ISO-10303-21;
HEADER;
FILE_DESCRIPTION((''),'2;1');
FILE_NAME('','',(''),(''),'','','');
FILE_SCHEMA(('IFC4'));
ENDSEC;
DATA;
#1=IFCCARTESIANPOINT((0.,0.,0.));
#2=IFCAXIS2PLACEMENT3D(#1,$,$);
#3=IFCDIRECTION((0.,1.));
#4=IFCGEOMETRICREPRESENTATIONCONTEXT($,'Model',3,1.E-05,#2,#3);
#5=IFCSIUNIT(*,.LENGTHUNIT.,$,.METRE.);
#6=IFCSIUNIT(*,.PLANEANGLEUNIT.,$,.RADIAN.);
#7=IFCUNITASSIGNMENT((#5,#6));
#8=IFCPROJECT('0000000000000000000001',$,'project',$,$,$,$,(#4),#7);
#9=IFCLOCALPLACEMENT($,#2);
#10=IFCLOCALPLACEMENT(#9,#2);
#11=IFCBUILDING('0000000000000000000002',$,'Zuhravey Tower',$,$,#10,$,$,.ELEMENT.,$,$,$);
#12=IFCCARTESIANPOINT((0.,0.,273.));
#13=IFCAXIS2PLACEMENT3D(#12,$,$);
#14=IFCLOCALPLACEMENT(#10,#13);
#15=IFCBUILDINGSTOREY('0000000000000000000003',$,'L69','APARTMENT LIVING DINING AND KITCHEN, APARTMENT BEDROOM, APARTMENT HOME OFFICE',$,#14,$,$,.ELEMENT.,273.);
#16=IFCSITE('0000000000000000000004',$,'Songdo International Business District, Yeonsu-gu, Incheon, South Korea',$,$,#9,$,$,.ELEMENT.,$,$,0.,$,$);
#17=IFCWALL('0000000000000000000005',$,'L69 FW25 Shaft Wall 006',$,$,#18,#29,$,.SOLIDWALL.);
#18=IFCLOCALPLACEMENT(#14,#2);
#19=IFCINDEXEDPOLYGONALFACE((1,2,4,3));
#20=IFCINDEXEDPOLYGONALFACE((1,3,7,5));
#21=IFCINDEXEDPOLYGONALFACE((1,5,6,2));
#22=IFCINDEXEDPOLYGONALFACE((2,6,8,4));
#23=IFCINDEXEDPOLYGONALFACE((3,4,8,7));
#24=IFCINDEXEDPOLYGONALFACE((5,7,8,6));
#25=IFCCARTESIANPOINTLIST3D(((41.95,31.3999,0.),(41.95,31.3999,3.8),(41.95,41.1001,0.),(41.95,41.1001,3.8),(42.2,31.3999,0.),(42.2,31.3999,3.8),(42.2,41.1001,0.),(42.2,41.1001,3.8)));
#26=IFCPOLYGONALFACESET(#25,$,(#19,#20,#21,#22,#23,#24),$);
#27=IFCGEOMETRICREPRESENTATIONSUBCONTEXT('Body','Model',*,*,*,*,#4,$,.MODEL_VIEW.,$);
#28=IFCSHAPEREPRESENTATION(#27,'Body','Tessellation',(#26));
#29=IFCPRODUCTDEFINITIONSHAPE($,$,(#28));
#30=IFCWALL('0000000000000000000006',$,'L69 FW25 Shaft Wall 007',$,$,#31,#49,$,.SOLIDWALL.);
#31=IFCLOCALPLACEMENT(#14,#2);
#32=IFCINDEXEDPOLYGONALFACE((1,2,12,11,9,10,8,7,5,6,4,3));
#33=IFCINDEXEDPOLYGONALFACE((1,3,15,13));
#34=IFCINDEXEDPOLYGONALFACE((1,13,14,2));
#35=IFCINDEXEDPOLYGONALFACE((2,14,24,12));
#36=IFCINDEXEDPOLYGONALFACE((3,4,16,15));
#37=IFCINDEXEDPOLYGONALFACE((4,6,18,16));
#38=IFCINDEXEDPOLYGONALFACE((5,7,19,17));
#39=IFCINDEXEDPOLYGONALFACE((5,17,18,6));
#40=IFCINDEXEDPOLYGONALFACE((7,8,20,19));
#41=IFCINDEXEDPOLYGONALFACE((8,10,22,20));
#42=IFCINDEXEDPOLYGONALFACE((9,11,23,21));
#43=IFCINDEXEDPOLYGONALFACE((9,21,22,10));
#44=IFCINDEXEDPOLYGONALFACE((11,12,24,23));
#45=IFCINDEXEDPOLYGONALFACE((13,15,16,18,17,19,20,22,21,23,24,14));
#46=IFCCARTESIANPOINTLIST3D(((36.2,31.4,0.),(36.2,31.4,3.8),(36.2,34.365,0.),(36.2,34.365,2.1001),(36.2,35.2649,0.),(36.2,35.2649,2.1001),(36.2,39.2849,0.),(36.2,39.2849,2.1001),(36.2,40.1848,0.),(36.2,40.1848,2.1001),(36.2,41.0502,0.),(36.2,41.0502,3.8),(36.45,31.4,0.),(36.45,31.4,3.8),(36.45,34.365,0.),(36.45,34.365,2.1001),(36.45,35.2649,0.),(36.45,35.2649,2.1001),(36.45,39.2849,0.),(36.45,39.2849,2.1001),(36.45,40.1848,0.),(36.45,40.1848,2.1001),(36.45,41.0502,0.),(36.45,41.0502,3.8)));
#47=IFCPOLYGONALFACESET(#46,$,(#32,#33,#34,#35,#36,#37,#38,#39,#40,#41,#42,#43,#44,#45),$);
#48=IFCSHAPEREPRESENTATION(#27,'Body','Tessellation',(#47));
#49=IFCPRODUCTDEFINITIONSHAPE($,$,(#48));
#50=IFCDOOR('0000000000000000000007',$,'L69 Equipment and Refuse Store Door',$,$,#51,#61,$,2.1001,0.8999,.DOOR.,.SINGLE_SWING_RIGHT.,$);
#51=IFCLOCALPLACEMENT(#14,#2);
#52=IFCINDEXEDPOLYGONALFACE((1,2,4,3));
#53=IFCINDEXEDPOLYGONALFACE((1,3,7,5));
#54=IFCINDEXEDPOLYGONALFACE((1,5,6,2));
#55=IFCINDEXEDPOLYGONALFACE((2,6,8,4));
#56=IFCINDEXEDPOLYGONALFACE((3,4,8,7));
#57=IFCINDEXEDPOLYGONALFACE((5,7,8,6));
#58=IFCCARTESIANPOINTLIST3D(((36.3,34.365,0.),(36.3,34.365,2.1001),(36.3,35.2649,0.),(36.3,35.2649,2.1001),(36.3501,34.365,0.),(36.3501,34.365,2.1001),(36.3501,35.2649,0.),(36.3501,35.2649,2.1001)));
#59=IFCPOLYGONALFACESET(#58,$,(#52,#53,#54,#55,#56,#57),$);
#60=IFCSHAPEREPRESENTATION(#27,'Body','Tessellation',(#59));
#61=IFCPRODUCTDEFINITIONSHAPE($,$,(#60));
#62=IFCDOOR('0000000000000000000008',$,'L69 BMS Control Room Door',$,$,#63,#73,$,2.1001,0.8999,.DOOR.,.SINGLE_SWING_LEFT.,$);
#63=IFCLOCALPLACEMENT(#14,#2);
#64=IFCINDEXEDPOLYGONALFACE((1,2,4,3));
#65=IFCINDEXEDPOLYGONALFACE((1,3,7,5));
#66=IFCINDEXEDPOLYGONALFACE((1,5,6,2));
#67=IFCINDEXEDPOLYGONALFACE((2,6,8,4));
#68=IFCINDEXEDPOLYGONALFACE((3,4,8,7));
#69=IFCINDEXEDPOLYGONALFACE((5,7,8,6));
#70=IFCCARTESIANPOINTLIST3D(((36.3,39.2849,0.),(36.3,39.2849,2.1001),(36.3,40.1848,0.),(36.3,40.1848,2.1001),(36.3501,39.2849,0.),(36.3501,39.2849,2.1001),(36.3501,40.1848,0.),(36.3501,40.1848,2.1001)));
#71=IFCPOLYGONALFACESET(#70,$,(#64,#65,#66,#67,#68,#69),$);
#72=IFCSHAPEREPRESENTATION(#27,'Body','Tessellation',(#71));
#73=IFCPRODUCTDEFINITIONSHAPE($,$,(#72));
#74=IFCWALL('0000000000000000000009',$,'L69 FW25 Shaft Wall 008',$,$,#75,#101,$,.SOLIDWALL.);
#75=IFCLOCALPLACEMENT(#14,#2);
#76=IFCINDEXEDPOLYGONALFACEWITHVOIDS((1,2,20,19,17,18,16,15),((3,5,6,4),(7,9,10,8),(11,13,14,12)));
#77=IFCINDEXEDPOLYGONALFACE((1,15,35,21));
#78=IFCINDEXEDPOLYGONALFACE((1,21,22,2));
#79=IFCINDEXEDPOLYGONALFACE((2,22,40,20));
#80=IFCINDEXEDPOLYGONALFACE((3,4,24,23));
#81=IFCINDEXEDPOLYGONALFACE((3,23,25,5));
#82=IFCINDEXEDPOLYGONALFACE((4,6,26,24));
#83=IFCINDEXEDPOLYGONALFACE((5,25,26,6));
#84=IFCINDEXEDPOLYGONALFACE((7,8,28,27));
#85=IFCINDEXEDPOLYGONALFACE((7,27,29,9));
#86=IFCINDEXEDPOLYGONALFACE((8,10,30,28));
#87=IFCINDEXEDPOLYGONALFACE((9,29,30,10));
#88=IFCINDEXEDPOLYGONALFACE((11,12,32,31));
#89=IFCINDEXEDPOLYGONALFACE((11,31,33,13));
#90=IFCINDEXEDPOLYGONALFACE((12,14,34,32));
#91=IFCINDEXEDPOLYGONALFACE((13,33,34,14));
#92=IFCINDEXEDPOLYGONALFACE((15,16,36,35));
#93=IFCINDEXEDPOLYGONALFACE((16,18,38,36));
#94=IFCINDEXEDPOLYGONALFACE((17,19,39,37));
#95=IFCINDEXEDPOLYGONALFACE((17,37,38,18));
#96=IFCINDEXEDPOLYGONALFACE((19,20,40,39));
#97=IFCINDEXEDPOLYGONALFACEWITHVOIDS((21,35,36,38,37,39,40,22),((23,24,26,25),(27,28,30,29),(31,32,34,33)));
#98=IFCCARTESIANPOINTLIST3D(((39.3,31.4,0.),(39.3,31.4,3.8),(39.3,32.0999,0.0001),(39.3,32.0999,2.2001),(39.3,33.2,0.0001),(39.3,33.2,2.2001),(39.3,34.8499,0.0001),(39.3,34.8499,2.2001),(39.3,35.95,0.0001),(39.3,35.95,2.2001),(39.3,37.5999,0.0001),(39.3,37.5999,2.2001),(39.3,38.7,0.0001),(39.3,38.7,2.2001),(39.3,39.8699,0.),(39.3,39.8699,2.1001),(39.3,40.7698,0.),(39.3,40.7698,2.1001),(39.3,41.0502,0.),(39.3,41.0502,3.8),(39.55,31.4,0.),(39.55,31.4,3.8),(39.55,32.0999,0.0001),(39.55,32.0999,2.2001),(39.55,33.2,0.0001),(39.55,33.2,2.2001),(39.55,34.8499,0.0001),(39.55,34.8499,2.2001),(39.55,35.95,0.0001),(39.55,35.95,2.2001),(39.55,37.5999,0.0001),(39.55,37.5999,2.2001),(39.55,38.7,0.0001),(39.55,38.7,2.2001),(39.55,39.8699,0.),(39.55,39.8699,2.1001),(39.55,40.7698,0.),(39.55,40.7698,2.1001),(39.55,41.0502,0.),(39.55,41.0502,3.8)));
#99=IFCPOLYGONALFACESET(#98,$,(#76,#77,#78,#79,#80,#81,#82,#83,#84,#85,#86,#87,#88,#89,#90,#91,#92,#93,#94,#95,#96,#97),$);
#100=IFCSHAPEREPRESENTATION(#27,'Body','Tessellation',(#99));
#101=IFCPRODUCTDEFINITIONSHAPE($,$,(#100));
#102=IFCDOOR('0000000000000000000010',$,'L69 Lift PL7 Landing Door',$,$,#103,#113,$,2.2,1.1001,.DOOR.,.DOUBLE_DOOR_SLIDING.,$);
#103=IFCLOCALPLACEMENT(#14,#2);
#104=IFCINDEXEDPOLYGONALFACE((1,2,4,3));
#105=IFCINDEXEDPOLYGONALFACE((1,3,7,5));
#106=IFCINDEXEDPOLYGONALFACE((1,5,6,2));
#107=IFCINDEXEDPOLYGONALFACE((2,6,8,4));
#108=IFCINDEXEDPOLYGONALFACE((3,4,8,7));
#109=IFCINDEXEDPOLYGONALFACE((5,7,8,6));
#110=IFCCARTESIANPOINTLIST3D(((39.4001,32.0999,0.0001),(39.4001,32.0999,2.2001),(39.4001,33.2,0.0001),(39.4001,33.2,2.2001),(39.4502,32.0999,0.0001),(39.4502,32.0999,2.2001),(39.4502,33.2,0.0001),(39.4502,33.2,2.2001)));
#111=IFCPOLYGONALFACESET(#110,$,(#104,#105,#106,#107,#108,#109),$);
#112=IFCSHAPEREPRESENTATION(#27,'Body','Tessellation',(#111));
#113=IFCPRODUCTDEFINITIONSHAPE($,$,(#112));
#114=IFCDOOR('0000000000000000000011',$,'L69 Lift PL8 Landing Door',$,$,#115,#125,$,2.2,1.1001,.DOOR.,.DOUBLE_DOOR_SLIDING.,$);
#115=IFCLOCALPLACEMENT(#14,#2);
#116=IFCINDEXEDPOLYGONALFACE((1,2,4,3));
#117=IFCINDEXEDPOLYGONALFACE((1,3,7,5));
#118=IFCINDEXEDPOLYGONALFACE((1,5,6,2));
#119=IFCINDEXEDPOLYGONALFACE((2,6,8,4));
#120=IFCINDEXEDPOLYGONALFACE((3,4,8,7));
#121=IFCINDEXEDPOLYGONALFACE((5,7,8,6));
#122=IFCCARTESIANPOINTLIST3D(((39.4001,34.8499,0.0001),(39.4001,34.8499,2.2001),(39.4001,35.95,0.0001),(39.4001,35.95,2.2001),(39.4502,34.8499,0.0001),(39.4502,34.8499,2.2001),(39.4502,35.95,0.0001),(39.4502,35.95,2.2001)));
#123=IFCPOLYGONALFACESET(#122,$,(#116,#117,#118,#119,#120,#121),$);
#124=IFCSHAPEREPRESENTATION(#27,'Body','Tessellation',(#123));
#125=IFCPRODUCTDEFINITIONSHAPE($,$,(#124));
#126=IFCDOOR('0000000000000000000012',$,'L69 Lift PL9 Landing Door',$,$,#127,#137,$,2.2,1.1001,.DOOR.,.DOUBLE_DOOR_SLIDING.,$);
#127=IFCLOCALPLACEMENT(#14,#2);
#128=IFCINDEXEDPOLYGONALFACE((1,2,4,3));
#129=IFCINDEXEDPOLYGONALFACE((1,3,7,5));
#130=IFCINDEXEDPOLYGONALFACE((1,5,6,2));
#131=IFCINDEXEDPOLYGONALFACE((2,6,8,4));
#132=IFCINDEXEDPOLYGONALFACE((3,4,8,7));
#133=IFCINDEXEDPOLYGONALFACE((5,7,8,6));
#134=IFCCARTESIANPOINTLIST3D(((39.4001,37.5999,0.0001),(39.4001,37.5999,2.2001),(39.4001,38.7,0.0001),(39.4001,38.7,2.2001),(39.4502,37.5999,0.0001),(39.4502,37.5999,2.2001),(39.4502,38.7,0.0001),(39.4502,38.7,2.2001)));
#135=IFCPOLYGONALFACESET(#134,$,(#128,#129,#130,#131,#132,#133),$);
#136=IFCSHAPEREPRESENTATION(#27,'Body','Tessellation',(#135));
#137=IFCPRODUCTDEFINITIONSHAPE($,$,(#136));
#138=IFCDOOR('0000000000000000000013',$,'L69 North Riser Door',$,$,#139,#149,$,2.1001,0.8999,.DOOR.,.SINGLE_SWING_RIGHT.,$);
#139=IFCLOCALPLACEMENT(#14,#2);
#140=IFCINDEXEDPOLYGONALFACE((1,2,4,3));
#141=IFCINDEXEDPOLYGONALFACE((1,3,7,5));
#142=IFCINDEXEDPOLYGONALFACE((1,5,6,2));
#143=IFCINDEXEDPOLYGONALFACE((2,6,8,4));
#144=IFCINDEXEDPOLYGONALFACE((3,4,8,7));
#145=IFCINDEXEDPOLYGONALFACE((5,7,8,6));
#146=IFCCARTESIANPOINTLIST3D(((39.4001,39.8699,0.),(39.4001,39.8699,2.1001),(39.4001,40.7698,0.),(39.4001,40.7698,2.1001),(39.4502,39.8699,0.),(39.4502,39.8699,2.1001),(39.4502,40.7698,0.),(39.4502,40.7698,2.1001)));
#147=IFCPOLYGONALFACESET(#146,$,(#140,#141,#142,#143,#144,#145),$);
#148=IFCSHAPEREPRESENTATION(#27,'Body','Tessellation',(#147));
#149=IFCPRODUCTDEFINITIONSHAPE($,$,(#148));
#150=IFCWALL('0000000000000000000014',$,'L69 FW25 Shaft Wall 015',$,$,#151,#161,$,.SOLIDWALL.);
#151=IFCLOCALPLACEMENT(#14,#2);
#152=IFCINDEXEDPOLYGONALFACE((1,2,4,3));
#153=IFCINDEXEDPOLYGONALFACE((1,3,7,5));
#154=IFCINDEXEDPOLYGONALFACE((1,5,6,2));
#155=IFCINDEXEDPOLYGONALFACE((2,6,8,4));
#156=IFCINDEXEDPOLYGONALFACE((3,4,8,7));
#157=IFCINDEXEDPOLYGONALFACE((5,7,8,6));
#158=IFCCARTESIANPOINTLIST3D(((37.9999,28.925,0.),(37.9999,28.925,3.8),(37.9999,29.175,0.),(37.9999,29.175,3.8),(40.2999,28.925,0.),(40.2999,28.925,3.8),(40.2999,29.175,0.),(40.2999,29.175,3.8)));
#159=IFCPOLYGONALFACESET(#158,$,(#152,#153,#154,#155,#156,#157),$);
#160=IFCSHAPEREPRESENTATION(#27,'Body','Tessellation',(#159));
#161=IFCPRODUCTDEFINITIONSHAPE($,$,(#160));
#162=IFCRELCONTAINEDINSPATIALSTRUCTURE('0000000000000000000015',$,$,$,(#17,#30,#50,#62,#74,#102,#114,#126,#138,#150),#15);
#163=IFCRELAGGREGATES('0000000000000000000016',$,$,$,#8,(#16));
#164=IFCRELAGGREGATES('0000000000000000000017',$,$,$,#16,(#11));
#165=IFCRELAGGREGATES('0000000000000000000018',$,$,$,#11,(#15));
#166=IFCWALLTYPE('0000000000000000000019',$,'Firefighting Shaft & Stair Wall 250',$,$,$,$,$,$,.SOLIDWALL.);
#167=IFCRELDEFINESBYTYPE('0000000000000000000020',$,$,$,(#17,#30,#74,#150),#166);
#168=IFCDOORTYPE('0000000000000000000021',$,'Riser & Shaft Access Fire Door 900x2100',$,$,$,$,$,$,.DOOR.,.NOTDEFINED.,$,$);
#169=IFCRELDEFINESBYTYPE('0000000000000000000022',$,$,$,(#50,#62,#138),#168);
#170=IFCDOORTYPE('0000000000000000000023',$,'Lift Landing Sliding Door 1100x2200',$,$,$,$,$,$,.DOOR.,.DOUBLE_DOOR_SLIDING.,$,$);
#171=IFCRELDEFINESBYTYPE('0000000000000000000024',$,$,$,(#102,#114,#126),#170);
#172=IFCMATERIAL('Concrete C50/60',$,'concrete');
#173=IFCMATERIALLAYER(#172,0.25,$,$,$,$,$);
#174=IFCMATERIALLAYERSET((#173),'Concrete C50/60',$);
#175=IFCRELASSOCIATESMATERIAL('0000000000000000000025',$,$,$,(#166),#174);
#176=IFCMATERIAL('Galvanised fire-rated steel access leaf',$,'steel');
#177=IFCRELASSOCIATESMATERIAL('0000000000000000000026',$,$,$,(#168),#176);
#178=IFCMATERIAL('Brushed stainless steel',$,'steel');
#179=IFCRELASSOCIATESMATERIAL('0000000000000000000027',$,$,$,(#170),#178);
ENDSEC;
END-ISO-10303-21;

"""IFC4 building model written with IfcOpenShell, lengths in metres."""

from ifc_helpers import new_model, si_unit, direction, frame, frame_2d, origin, place, context, subcontext, project, spatial, rectangle, extrude, material, layer, layer_set, type_object, element, fill, save


model = new_model("IFC4")

# Units and contexts
model_context = context("Model", 3, precision=1e-05, world=origin(), true_north=direction((0.0, 1.0)))
body_context = subcontext(model_context, "Body", "Model", "MODEL_VIEW")
ifc_project = project(units=[si_unit("LENGTHUNIT", "METRE"), si_unit("PLANEANGLEUNIT", "RADIAN")], contexts=[model_context])

# Site, building, storey
site_placement = place(None, origin())
site = spatial("IfcSite", under=ifc_project, at=site_placement, Name="Songdo International Business District, Yeonsu-gu, Incheon, South Korea", CompositionType="ELEMENT", RefElevation=0.0)
building_placement = place(site_placement, origin())
building = spatial("IfcBuilding", under=site, at=building_placement, Name="Zuhravey Tower", CompositionType="ELEMENT")
storey_placement = place(building_placement, frame((0.0, 0.0, 273.0)))
storey = spatial("IfcBuildingStorey", under=building, at=storey_placement, Name="L69", Description="APARTMENT LIVING DINING AND KITCHEN, APARTMENT BEDROOM, APARTMENT HOME OFFICE", CompositionType="ELEMENT", Elevation=273.0)

# Wall
ifc_material_1 = material(Name="Concrete C50/60", Category="concrete")
ifc_layer = layer(ifc_material_1, 0.25)
ifc_layer_set = layer_set([ifc_layer], Name="Concrete C50/60")
wall_type = type_object("IfcWallType", Name="Firefighting Shaft & Stair Wall 250", PredefinedType="SOLIDWALL", material=ifc_layer_set)
wall_1_placement = place(storey_placement, frame((42.075, 31.3999, 0.0), z_axis=(0.0, 0.0, 1.0), x_axis=(0.0, 1.0, 0.0)))
element("IfcWall", 1, at=wall_1_placement, inside=storey, type_object=wall_type, Name="L69 FW25 Shaft Wall 006", PredefinedType="SOLIDWALL", context=body_context, shape_type="SweptSolid", body=[
    extrude(rectangle(XDim=9.7002, YDim=0.25, at=frame_2d((4.8501, 0.0))), origin(), (0.0, 0.0, 1.0), 3.8),
])

# Walls, openings, doors
wall_2_placement = place(storey_placement, frame((36.325, 31.3999, 0.0), z_axis=(0.0, 0.0, 1.0), x_axis=(0.0, 1.0, 0.0)))
wall_2 = element("IfcWall", 2, at=wall_2_placement, inside=storey, type_object=wall_type, Name="L69 FW25 Shaft Wall 007", PredefinedType="SOLIDWALL", context=body_context, shape_type="SweptSolid", body=[
    extrude(rectangle(XDim=9.6501, YDim=0.25, at=frame_2d((4.8252, 0.0))), origin(), (0.0, 0.0, 1.0), 3.8),
])
opening_1_placement = place(wall_2_placement, frame((2.9651, 0.0, 0.0)))
opening_1 = element("IfcOpeningElement", 3, at=opening_1_placement, cuts=wall_2, PredefinedType="OPENING", context=body_context, shape_type="SweptSolid", body=[
    extrude(rectangle(XDim=0.8999, YDim=2.1001, at=frame_2d((0.45, 1.05))), frame((0.0, 0.137, 0.0), z_axis=(0.0, -1.0, 0.0), x_axis=(1.0, 0.0, 0.0)), (0.0, 0.0, 1.0), 0.2739),
])
opening_2_placement = place(wall_2_placement, frame((7.885, 0.0, 0.0)))
opening_2 = element("IfcOpeningElement", 4, at=opening_2_placement, cuts=wall_2, PredefinedType="OPENING", context=body_context, shape_type="SweptSolid", body=[
    extrude(rectangle(XDim=0.8999, YDim=2.1001, at=frame_2d((0.45, 1.05))), frame((0.0, 0.137, 0.0), z_axis=(0.0, -1.0, 0.0), x_axis=(1.0, 0.0, 0.0)), (0.0, 0.0, 1.0), 0.2739),
])
ifc_material_2 = material(Name="Galvanised fire-rated steel access leaf", Category="steel")
door_type_1 = type_object("IfcDoorType", Name="Riser & Shaft Access Fire Door 900x2100", OperationType="NOTDEFINED", PredefinedType="DOOR", material=ifc_material_2)
door_1_placement = place(opening_1_placement, origin())
door_1 = element("IfcDoor", 5, at=door_1_placement, inside=storey, type_object=door_type_1, Name="L69 Equipment and Refuse Store Door", OperationType="SINGLE_SWING_RIGHT", OverallHeight=2.1001, OverallWidth=0.8999, PredefinedType="DOOR", context=body_context, shape_type="SweptSolid", body=[
    extrude(rectangle(XDim=0.8999, YDim=2.1001, at=frame_2d((0.45, 1.05))), frame((0.0, 0.0249, 0.0), z_axis=(0.0, -1.0, 0.0), x_axis=(1.0, 0.0, 0.0)), (0.0, 0.0, 1.0), 0.05),
])
fill(opening_1, door_1)
door_2_placement = place(opening_2_placement, origin())
door_2 = element("IfcDoor", 6, at=door_2_placement, inside=storey, type_object=door_type_1, Name="L69 BMS Control Room Door", OperationType="SINGLE_SWING_LEFT", OverallHeight=2.1001, OverallWidth=0.8999, PredefinedType="DOOR", context=body_context, shape_type="SweptSolid", body=[
    extrude(rectangle(XDim=0.8999, YDim=2.1001, at=frame_2d((0.45, 1.05))), frame((0.0, 0.0249, 0.0), z_axis=(0.0, -1.0, 0.0), x_axis=(1.0, 0.0, 0.0)), (0.0, 0.0, 1.0), 0.05),
])
fill(opening_2, door_2)
wall_3_placement = place(storey_placement, frame((39.425, 31.3999, 0.0), z_axis=(0.0, 0.0, 1.0), x_axis=(0.0, 1.0, 0.0)))
wall_3 = element("IfcWall", 7, at=wall_3_placement, inside=storey, type_object=wall_type, Name="L69 FW25 Shaft Wall 008", PredefinedType="SOLIDWALL", context=body_context, shape_type="SweptSolid", body=[
    extrude(rectangle(XDim=9.6501, YDim=0.25, at=frame_2d((4.8252, 0.0))), origin(), (0.0, 0.0, 1.0), 3.8),
])
opening_3_placement = place(wall_3_placement, frame((0.7, 0.0, 0.0)))
opening_3 = element("IfcOpeningElement", 8, at=opening_3_placement, cuts=wall_3, PredefinedType="OPENING", context=body_context, shape_type="SweptSolid", body=[
    extrude(rectangle(XDim=1.1001, YDim=2.2, at=frame_2d((0.55, 1.1001))), frame((0.0, 0.137, 0.0), z_axis=(0.0, -1.0, 0.0), x_axis=(1.0, 0.0, 0.0)), (0.0, 0.0, 1.0), 0.2739),
])
opening_4_placement = place(wall_3_placement, frame((3.45, 0.0, 0.0)))
opening_4 = element("IfcOpeningElement", 9, at=opening_4_placement, cuts=wall_3, PredefinedType="OPENING", context=body_context, shape_type="SweptSolid", body=[
    extrude(rectangle(XDim=1.1001, YDim=2.2, at=frame_2d((0.55, 1.1001))), frame((0.0, 0.137, 0.0), z_axis=(0.0, -1.0, 0.0), x_axis=(1.0, 0.0, 0.0)), (0.0, 0.0, 1.0), 0.2739),
])
opening_5_placement = place(wall_3_placement, frame((6.2, 0.0, 0.0)))
opening_5 = element("IfcOpeningElement", 10, at=opening_5_placement, cuts=wall_3, PredefinedType="OPENING", context=body_context, shape_type="SweptSolid", body=[
    extrude(rectangle(XDim=1.1001, YDim=2.2, at=frame_2d((0.55, 1.1001))), frame((0.0, 0.137, 0.0), z_axis=(0.0, -1.0, 0.0), x_axis=(1.0, 0.0, 0.0)), (0.0, 0.0, 1.0), 0.2739),
])
opening_6_placement = place(wall_3_placement, frame((8.47, 0.0, 0.0)))
opening_6 = element("IfcOpeningElement", 11, at=opening_6_placement, cuts=wall_3, PredefinedType="OPENING", context=body_context, shape_type="SweptSolid", body=[
    extrude(rectangle(XDim=0.8999, YDim=2.1001, at=frame_2d((0.45, 1.05))), frame((0.0, 0.137, 0.0), z_axis=(0.0, -1.0, 0.0), x_axis=(1.0, 0.0, 0.0)), (0.0, 0.0, 1.0), 0.2739),
])
ifc_material_3 = material(Name="Brushed stainless steel", Category="steel")
door_type_2 = type_object("IfcDoorType", Name="Lift Landing Sliding Door 1100x2200", OperationType="DOUBLE_DOOR_SLIDING", PredefinedType="DOOR", material=ifc_material_3)
door_3_placement = place(opening_3_placement, origin())
door_3 = element("IfcDoor", 12, at=door_3_placement, inside=storey, type_object=door_type_2, Name="L69 Lift PL7 Landing Door", OperationType="DOUBLE_DOOR_SLIDING", OverallHeight=2.2, OverallWidth=1.1001, PredefinedType="DOOR", context=body_context, shape_type="SweptSolid", body=[
    extrude(rectangle(XDim=1.1001, YDim=2.2, at=frame_2d((0.55, 1.1001))), frame((0.0, 0.0249, 0.0), z_axis=(0.0, -1.0, 0.0), x_axis=(1.0, 0.0, 0.0)), (0.0, 0.0, 1.0), 0.05),
])
fill(opening_3, door_3)
door_4_placement = place(opening_4_placement, origin())
door_4 = element("IfcDoor", 13, at=door_4_placement, inside=storey, type_object=door_type_2, Name="L69 Lift PL8 Landing Door", OperationType="DOUBLE_DOOR_SLIDING", OverallHeight=2.2, OverallWidth=1.1001, PredefinedType="DOOR", context=body_context, shape_type="SweptSolid", body=[
    extrude(rectangle(XDim=1.1001, YDim=2.2, at=frame_2d((0.55, 1.1001))), frame((0.0, 0.0249, 0.0), z_axis=(0.0, -1.0, 0.0), x_axis=(1.0, 0.0, 0.0)), (0.0, 0.0, 1.0), 0.05),
])
fill(opening_4, door_4)
door_5_placement = place(opening_5_placement, origin())
door_5 = element("IfcDoor", 14, at=door_5_placement, inside=storey, type_object=door_type_2, Name="L69 Lift PL9 Landing Door", OperationType="DOUBLE_DOOR_SLIDING", OverallHeight=2.2, OverallWidth=1.1001, PredefinedType="DOOR", context=body_context, shape_type="SweptSolid", body=[
    extrude(rectangle(XDim=1.1001, YDim=2.2, at=frame_2d((0.55, 1.1001))), frame((0.0, 0.0249, 0.0), z_axis=(0.0, -1.0, 0.0), x_axis=(1.0, 0.0, 0.0)), (0.0, 0.0, 1.0), 0.05),
])
fill(opening_5, door_5)
door_6_placement = place(opening_6_placement, origin())
door_6 = element("IfcDoor", 15, at=door_6_placement, inside=storey, type_object=door_type_1, Name="L69 North Riser Door", OperationType="SINGLE_SWING_RIGHT", OverallHeight=2.1001, OverallWidth=0.8999, PredefinedType="DOOR", context=body_context, shape_type="SweptSolid", body=[
    extrude(rectangle(XDim=0.8999, YDim=2.1001, at=frame_2d((0.45, 1.05))), frame((0.0, 0.0249, 0.0), z_axis=(0.0, -1.0, 0.0), x_axis=(1.0, 0.0, 0.0)), (0.0, 0.0, 1.0), 0.05),
])
fill(opening_6, door_6)

# Wall
wall_4_placement = place(storey_placement, frame((38.0, 29.05, 0.0), z_axis=(0.0, 0.0, 1.0), x_axis=(1.0, 0.0, 0.0)))
element("IfcWall", 16, at=wall_4_placement, inside=storey, type_object=wall_type, Name="L69 FW25 Shaft Wall 015", PredefinedType="SOLIDWALL", context=body_context, shape_type="SweptSolid", body=[
    extrude(rectangle(XDim=2.3, YDim=0.25, at=frame_2d((1.1499, 0.0))), origin(), (0.0, 0.0, 1.0), 3.8),
])

save(model, "model.ifc")
